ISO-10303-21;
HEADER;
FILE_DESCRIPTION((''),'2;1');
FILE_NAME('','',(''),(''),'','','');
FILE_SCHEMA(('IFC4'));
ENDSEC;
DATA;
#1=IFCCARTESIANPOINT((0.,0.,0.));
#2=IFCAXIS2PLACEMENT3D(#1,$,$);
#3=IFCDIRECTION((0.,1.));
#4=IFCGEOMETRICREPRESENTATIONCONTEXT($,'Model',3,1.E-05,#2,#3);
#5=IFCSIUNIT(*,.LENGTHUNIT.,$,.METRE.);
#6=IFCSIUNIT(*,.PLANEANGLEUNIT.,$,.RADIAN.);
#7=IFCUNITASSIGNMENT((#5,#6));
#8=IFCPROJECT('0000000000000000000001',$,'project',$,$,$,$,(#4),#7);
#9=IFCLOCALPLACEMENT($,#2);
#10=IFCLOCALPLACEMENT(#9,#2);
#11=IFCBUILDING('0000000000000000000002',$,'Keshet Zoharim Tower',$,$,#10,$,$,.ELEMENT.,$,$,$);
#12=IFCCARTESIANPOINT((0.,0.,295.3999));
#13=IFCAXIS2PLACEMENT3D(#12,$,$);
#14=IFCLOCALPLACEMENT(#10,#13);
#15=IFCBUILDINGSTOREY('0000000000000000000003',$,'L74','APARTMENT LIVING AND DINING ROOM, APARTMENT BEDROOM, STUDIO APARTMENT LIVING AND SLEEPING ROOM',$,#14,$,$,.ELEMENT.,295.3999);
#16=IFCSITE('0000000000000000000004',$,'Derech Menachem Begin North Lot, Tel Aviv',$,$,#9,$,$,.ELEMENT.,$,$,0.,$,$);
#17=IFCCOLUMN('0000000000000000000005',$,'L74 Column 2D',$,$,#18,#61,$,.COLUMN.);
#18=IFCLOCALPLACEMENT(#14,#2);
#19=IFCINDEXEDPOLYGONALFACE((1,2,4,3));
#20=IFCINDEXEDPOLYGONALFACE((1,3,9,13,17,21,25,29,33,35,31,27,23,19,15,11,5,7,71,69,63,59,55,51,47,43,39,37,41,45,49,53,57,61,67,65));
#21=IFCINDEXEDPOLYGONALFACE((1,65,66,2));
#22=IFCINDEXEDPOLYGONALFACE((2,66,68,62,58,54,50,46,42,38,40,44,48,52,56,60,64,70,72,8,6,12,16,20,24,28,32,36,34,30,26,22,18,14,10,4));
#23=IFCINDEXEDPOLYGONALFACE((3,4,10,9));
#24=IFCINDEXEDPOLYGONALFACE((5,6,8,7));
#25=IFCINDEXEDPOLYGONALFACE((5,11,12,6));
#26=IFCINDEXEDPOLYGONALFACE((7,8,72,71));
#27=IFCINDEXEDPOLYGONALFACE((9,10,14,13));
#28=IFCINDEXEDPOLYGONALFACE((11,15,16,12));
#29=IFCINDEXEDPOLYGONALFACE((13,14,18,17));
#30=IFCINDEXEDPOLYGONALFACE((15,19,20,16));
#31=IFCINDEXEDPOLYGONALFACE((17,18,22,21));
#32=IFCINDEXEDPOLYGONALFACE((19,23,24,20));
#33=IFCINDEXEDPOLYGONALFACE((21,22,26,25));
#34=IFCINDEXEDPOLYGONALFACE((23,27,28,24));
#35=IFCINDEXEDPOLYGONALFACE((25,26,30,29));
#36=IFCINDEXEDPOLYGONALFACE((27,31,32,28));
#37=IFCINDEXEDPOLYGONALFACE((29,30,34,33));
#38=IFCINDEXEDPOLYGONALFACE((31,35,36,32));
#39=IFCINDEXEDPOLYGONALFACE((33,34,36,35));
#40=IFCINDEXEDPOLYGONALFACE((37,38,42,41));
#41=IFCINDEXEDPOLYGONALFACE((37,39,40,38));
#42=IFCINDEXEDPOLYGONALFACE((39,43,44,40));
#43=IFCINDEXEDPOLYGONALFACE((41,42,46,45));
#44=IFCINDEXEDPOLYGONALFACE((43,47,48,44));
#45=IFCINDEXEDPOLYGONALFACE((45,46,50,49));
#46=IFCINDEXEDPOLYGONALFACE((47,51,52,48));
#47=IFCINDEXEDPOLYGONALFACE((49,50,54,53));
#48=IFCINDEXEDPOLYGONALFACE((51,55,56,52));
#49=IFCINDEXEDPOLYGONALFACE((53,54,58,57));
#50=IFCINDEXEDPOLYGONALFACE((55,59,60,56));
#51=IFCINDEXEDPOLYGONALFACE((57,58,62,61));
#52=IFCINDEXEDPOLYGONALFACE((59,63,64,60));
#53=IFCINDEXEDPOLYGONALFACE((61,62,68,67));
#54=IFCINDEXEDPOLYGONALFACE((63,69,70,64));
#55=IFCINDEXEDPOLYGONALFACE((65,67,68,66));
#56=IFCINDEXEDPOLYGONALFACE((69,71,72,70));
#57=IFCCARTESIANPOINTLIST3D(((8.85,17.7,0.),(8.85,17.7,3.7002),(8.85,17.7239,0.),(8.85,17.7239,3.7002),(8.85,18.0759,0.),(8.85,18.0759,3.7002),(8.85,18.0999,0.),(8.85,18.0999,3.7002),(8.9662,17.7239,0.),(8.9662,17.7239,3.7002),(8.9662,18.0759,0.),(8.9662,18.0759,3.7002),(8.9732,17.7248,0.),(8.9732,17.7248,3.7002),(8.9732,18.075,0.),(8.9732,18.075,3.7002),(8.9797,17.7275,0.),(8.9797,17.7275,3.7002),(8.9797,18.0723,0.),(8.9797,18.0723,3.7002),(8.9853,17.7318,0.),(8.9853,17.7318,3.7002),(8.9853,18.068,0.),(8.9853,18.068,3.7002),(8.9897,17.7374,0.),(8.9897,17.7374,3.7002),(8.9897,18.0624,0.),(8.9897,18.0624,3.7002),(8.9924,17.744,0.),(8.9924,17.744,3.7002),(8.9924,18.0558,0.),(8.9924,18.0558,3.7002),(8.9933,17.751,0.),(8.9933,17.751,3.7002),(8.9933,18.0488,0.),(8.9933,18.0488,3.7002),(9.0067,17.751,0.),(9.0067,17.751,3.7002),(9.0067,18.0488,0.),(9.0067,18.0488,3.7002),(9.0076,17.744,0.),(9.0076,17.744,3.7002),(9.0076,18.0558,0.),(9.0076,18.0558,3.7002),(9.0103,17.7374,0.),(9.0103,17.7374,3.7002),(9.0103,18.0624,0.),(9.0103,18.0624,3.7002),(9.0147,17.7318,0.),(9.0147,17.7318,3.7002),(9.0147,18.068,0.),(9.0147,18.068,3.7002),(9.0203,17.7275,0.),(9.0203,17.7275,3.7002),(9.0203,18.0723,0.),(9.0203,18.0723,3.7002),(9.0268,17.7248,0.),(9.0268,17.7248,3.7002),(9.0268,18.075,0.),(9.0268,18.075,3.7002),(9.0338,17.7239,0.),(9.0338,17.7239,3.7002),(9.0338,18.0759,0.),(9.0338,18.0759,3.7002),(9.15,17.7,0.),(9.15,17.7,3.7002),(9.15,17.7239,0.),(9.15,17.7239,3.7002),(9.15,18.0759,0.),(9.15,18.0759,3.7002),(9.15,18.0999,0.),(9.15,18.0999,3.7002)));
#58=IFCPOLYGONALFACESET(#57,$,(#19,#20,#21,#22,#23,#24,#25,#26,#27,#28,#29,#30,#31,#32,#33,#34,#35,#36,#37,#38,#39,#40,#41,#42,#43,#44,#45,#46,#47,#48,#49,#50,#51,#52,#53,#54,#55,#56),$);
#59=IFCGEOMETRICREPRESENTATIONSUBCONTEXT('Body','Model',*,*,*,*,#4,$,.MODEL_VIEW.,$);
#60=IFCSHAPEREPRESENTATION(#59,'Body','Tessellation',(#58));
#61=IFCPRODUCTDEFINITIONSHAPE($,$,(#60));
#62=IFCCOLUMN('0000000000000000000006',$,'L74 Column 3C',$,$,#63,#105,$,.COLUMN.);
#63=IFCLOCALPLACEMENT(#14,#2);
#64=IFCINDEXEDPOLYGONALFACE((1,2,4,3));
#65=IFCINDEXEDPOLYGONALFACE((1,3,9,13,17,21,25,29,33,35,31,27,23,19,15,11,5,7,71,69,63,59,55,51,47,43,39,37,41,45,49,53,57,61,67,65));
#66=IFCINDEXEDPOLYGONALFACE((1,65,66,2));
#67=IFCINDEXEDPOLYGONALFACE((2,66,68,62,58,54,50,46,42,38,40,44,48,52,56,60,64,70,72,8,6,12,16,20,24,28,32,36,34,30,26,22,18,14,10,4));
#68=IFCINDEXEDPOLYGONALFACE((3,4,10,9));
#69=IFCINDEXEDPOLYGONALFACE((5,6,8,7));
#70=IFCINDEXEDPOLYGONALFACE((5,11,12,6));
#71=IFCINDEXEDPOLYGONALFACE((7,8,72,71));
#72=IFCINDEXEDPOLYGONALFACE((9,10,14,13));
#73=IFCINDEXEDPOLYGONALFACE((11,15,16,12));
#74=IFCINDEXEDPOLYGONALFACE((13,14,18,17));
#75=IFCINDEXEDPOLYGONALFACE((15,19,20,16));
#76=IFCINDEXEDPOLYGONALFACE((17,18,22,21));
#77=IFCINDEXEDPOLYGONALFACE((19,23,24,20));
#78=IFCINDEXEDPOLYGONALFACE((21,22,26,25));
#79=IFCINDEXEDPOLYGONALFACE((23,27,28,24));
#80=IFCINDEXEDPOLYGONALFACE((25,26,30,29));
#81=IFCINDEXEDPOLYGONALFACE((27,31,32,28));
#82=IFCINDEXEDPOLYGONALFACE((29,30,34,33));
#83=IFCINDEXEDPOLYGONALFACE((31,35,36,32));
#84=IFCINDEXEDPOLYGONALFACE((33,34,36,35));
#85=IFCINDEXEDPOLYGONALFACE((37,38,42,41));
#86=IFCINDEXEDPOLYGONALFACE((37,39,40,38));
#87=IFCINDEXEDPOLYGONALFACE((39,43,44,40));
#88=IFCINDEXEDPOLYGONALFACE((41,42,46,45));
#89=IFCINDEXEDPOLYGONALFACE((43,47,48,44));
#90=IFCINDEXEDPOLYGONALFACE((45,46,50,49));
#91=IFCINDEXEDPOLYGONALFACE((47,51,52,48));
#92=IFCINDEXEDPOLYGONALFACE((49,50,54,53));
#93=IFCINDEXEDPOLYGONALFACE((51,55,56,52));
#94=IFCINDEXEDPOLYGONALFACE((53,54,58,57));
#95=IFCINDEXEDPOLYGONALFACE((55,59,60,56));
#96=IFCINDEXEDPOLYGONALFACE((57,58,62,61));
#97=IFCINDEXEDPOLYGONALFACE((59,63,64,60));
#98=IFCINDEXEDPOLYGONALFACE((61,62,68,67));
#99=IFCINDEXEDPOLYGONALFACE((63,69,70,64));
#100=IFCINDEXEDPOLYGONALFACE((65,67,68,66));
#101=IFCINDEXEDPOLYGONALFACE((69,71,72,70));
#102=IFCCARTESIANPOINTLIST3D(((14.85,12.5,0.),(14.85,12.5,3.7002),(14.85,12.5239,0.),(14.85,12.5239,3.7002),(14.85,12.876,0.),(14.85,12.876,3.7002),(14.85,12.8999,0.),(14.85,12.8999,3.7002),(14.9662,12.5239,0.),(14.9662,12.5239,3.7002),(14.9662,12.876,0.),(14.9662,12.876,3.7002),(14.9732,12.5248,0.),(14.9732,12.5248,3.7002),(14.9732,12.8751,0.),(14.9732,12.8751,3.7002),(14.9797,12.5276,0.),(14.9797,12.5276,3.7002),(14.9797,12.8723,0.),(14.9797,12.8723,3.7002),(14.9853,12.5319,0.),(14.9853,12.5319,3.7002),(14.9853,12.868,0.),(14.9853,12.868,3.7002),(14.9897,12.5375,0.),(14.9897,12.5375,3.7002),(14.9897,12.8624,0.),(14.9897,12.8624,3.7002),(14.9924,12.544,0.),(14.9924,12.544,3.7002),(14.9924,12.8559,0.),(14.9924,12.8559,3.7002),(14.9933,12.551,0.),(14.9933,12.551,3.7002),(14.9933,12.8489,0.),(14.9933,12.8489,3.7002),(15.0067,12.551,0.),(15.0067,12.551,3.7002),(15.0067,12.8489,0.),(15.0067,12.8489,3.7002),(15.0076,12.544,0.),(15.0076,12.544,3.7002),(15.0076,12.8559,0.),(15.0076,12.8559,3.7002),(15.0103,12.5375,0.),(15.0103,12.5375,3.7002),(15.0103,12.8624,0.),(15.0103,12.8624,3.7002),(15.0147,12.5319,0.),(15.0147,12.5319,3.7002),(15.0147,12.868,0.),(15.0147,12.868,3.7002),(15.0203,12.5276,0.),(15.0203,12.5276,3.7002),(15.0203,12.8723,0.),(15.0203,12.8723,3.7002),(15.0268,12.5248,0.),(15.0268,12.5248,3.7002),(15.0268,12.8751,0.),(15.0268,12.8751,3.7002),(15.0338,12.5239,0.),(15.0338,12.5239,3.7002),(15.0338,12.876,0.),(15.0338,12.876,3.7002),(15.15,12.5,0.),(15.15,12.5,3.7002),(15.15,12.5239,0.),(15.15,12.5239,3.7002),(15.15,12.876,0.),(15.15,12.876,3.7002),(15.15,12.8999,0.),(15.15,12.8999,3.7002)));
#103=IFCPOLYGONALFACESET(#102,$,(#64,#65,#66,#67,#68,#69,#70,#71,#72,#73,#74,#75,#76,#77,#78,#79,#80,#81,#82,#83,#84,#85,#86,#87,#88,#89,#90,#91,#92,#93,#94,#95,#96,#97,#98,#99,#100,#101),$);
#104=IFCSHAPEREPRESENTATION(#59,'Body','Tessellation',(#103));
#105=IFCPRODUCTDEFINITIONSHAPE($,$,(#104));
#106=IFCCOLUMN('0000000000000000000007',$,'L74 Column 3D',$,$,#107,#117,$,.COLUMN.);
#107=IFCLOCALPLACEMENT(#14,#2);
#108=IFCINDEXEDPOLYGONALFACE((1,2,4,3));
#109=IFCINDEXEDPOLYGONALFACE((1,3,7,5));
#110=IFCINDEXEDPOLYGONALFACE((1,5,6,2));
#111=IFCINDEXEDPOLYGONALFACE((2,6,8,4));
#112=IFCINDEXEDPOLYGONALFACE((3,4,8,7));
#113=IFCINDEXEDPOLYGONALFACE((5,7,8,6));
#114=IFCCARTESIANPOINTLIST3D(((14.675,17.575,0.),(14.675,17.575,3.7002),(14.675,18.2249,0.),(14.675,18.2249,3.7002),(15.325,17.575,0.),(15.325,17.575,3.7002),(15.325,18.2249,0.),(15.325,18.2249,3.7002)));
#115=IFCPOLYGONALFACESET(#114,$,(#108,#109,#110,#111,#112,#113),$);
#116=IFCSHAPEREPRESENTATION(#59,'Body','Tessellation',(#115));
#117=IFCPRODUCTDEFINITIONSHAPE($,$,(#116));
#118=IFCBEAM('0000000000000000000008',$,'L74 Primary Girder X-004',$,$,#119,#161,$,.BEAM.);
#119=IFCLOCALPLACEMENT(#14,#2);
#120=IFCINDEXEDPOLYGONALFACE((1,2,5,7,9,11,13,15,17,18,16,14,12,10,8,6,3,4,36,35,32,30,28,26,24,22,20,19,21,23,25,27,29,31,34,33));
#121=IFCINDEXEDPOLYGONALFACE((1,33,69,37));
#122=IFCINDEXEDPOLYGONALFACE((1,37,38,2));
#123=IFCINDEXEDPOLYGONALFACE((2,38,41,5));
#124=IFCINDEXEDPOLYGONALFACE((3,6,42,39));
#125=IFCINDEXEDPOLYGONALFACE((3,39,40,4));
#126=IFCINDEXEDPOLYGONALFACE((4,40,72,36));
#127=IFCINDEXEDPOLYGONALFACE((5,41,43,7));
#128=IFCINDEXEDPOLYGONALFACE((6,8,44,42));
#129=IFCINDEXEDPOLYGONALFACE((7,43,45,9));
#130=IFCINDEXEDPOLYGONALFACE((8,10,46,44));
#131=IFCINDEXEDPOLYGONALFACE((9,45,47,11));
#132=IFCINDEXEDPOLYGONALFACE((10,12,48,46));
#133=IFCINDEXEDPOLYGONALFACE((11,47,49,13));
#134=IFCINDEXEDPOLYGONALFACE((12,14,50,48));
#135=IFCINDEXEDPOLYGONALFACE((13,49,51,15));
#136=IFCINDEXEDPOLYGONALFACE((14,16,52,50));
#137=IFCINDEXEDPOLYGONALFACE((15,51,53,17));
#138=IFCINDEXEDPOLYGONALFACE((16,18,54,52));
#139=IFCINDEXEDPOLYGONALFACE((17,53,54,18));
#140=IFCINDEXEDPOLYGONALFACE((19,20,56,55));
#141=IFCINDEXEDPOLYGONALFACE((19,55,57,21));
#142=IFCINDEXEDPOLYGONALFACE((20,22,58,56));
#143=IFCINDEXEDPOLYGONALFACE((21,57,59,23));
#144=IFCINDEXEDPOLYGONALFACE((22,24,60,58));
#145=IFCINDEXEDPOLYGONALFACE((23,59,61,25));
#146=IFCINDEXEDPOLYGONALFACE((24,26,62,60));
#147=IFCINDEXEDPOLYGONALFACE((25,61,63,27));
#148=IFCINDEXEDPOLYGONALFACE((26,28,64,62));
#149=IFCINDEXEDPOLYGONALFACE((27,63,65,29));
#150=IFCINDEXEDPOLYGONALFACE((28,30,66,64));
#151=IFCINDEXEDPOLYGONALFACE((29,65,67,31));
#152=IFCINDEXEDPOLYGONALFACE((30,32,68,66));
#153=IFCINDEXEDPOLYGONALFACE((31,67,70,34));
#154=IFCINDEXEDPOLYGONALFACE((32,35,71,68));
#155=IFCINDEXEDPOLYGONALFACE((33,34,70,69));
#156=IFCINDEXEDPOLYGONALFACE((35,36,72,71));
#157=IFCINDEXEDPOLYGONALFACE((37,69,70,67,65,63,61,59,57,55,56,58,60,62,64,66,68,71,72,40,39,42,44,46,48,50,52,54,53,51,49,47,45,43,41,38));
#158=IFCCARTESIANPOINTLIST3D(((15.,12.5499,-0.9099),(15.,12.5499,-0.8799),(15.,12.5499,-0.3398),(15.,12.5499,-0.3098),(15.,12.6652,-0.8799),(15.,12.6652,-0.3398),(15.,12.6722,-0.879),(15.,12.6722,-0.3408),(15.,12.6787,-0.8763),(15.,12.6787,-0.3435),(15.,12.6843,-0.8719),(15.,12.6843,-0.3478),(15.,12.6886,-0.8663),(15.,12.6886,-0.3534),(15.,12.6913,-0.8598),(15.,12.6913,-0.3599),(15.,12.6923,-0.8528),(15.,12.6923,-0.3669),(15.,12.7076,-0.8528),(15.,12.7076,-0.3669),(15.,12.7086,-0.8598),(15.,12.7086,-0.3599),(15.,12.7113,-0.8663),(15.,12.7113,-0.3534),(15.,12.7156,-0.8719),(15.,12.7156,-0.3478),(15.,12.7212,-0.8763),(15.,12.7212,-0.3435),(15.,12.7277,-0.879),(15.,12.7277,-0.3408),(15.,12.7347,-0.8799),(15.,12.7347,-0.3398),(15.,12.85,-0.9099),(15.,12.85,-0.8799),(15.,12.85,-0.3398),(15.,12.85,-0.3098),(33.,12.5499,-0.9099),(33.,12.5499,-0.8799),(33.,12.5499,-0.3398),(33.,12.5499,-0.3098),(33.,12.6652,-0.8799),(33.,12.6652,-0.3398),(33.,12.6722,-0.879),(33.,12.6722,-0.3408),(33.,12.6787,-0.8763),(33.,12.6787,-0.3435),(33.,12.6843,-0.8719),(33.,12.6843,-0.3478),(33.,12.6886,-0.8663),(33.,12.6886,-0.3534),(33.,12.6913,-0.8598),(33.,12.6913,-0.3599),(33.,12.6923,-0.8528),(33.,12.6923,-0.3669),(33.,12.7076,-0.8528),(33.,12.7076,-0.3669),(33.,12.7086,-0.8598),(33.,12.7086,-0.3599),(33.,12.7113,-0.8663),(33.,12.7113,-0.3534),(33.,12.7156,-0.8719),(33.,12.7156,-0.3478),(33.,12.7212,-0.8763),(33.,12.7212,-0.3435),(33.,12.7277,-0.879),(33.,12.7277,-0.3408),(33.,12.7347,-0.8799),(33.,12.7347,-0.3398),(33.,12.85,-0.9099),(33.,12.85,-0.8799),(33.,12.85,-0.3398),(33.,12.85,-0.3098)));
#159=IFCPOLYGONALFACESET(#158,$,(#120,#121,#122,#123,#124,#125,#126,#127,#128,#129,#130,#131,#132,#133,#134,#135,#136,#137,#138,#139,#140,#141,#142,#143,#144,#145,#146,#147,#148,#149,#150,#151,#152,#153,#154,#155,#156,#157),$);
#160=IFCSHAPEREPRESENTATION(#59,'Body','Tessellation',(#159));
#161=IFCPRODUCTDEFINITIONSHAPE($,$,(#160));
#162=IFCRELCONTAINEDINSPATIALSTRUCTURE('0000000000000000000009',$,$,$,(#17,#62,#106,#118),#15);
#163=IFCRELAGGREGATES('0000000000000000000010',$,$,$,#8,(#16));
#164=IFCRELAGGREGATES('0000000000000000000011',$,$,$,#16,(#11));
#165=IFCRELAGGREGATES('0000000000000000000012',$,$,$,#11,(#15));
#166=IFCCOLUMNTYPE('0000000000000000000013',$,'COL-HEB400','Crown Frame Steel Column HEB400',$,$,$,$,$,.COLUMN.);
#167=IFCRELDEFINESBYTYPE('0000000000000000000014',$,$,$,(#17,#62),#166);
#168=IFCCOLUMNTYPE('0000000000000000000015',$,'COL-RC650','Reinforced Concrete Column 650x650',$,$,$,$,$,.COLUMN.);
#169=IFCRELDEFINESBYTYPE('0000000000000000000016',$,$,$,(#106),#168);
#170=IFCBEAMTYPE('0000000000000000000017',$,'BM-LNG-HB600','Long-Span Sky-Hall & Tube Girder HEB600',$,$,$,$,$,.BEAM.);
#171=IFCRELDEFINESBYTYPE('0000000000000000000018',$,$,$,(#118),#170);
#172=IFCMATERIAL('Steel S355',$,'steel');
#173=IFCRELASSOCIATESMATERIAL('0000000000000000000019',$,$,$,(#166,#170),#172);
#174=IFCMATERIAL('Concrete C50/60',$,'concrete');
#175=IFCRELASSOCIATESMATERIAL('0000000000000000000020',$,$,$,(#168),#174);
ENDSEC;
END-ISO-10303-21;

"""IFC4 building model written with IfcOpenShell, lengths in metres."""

from ifc_helpers import new_model, si_unit, direction, frame, origin, origin_2d, place, context, subcontext, project, spatial, rectangle, i_section, extrude, material, material_profile, profile_set, type_object, element, save


model = new_model("IFC4")

# Units and contexts
model_context = context("Model", 3, precision=1e-05, world=origin(), true_north=direction((0.0, 1.0)))
body_context = subcontext(model_context, "Body", "Model", "MODEL_VIEW")
ifc_project = project(units=[si_unit("LENGTHUNIT", "METRE"), si_unit("PLANEANGLEUNIT", "RADIAN")], contexts=[model_context])

# Site, building, storey
site_placement = place(None, origin())
site = spatial("IfcSite", under=ifc_project, at=site_placement, Name="Derech Menachem Begin North Lot, Tel Aviv", CompositionType="ELEMENT", RefElevation=0.0)
building_placement = place(site_placement, origin())
building = spatial("IfcBuilding", under=site, at=building_placement, Name="Keshet Zoharim Tower", CompositionType="ELEMENT")
storey_placement = place(building_placement, frame((0.0, 0.0, 295.3999)))
storey = spatial("IfcBuildingStorey", under=building, at=storey_placement, Name="L74", Description="APARTMENT LIVING AND DINING ROOM, APARTMENT BEDROOM, STUDIO APARTMENT LIVING AND SLEEPING ROOM", CompositionType="ELEMENT", Elevation=295.3999)

# Columns
ifc_material_1 = material(Name="Steel S355", Category="steel")
ifc_material_profile_1 = material_profile(ifc_material_1, i_section(OverallWidth=0.3, OverallDepth=0.3999, WebThickness=0.0134, FlangeThickness=0.0239, FilletRadius=0.0271, at=origin_2d()), Name="HEB400")
ifc_profile_set_1 = profile_set([ifc_material_profile_1], Name="Steel S355")
column_type_1 = type_object("IfcColumnType", Name="COL-HEB400", Description="Crown Frame Steel Column HEB400", PredefinedType="COLUMN", material=ifc_profile_set_1)
for number, where, z_axis, x_axis, name in (
    (1, (9.0, 17.8999, 0.0), (0.0, 0.0, 1.0), (1.0, 0.0, 0.0), "L74 Column 2D"),
    (2, (15.0, 12.7, 0.0), (0.0, 0.0, 1.0), (1.0, 0.0, 0.0), "L74 Column 3C"),
):
    element("IfcColumn", number, at=place(storey_placement, frame(where, z_axis=z_axis, x_axis=x_axis)), inside=storey, type_object=column_type_1, Name=name, PredefinedType="COLUMN", context=body_context, shape_type="SweptSolid", body=[
        extrude(i_section(OverallWidth=0.3, OverallDepth=0.3999, WebThickness=0.0134, FlangeThickness=0.0239, FilletRadius=0.0271, at=origin_2d()), origin(), (0.0, 0.0, 1.0), 3.7002),
    ])
ifc_material_2 = material(Name="Concrete C50/60", Category="concrete")
ifc_material_profile_2 = material_profile(ifc_material_2, rectangle(XDim=0.6499, YDim=0.6499, at=origin_2d()), Name="RC650x650")
ifc_profile_set_2 = profile_set([ifc_material_profile_2], Name="Concrete C50/60")
column_type_2 = type_object("IfcColumnType", Name="COL-RC650", Description="Reinforced Concrete Column 650x650", PredefinedType="COLUMN", material=ifc_profile_set_2)
column_placement = place(storey_placement, frame((15.0, 17.8999, 0.0), z_axis=(0.0, 0.0, 1.0), x_axis=(1.0, 0.0, 0.0)))
element("IfcColumn", 3, at=column_placement, inside=storey, type_object=column_type_2, Name="L74 Column 3D", PredefinedType="COLUMN", context=body_context, shape_type="SweptSolid", body=[
    extrude(rectangle(XDim=0.6499, YDim=0.6499, at=origin_2d()), origin(), (0.0, 0.0, 1.0), 3.7002),
])

# Beam
ifc_material_profile_3 = material_profile(ifc_material_1, i_section(OverallWidth=0.3, OverallDepth=0.6001, WebThickness=0.0154, FlangeThickness=0.03, FilletRadius=0.0271, at=origin_2d()), Name="HEB600")
ifc_profile_set_3 = profile_set([ifc_material_profile_3], Name="Steel S355")
beam_type_1 = type_object("IfcBeamType", Name="BM-LNG-HB600", Description="Long-Span Sky-Hall & Tube Girder HEB600", PredefinedType="BEAM", material=ifc_profile_set_3)
for number, where, z_axis, x_axis, name in (
    (4, (15.0, 12.7, -0.6099), (1.0, 0.0, 0.0), (0.0, 1.0, 0.0), "L74 Primary Girder X-004"),
):
    element("IfcBeam", number, at=place(storey_placement, frame(where, z_axis=z_axis, x_axis=x_axis)), inside=storey, type_object=beam_type_1, Name=name, PredefinedType="BEAM", context=body_context, shape_type="SweptSolid", body=[
        extrude(i_section(OverallWidth=0.3, OverallDepth=0.6001, WebThickness=0.0154, FlangeThickness=0.03, FilletRadius=0.0271, at=origin_2d()), origin(), (0.0, 0.0, 1.0), 18.0),
    ])

save(model, "model.ifc")
